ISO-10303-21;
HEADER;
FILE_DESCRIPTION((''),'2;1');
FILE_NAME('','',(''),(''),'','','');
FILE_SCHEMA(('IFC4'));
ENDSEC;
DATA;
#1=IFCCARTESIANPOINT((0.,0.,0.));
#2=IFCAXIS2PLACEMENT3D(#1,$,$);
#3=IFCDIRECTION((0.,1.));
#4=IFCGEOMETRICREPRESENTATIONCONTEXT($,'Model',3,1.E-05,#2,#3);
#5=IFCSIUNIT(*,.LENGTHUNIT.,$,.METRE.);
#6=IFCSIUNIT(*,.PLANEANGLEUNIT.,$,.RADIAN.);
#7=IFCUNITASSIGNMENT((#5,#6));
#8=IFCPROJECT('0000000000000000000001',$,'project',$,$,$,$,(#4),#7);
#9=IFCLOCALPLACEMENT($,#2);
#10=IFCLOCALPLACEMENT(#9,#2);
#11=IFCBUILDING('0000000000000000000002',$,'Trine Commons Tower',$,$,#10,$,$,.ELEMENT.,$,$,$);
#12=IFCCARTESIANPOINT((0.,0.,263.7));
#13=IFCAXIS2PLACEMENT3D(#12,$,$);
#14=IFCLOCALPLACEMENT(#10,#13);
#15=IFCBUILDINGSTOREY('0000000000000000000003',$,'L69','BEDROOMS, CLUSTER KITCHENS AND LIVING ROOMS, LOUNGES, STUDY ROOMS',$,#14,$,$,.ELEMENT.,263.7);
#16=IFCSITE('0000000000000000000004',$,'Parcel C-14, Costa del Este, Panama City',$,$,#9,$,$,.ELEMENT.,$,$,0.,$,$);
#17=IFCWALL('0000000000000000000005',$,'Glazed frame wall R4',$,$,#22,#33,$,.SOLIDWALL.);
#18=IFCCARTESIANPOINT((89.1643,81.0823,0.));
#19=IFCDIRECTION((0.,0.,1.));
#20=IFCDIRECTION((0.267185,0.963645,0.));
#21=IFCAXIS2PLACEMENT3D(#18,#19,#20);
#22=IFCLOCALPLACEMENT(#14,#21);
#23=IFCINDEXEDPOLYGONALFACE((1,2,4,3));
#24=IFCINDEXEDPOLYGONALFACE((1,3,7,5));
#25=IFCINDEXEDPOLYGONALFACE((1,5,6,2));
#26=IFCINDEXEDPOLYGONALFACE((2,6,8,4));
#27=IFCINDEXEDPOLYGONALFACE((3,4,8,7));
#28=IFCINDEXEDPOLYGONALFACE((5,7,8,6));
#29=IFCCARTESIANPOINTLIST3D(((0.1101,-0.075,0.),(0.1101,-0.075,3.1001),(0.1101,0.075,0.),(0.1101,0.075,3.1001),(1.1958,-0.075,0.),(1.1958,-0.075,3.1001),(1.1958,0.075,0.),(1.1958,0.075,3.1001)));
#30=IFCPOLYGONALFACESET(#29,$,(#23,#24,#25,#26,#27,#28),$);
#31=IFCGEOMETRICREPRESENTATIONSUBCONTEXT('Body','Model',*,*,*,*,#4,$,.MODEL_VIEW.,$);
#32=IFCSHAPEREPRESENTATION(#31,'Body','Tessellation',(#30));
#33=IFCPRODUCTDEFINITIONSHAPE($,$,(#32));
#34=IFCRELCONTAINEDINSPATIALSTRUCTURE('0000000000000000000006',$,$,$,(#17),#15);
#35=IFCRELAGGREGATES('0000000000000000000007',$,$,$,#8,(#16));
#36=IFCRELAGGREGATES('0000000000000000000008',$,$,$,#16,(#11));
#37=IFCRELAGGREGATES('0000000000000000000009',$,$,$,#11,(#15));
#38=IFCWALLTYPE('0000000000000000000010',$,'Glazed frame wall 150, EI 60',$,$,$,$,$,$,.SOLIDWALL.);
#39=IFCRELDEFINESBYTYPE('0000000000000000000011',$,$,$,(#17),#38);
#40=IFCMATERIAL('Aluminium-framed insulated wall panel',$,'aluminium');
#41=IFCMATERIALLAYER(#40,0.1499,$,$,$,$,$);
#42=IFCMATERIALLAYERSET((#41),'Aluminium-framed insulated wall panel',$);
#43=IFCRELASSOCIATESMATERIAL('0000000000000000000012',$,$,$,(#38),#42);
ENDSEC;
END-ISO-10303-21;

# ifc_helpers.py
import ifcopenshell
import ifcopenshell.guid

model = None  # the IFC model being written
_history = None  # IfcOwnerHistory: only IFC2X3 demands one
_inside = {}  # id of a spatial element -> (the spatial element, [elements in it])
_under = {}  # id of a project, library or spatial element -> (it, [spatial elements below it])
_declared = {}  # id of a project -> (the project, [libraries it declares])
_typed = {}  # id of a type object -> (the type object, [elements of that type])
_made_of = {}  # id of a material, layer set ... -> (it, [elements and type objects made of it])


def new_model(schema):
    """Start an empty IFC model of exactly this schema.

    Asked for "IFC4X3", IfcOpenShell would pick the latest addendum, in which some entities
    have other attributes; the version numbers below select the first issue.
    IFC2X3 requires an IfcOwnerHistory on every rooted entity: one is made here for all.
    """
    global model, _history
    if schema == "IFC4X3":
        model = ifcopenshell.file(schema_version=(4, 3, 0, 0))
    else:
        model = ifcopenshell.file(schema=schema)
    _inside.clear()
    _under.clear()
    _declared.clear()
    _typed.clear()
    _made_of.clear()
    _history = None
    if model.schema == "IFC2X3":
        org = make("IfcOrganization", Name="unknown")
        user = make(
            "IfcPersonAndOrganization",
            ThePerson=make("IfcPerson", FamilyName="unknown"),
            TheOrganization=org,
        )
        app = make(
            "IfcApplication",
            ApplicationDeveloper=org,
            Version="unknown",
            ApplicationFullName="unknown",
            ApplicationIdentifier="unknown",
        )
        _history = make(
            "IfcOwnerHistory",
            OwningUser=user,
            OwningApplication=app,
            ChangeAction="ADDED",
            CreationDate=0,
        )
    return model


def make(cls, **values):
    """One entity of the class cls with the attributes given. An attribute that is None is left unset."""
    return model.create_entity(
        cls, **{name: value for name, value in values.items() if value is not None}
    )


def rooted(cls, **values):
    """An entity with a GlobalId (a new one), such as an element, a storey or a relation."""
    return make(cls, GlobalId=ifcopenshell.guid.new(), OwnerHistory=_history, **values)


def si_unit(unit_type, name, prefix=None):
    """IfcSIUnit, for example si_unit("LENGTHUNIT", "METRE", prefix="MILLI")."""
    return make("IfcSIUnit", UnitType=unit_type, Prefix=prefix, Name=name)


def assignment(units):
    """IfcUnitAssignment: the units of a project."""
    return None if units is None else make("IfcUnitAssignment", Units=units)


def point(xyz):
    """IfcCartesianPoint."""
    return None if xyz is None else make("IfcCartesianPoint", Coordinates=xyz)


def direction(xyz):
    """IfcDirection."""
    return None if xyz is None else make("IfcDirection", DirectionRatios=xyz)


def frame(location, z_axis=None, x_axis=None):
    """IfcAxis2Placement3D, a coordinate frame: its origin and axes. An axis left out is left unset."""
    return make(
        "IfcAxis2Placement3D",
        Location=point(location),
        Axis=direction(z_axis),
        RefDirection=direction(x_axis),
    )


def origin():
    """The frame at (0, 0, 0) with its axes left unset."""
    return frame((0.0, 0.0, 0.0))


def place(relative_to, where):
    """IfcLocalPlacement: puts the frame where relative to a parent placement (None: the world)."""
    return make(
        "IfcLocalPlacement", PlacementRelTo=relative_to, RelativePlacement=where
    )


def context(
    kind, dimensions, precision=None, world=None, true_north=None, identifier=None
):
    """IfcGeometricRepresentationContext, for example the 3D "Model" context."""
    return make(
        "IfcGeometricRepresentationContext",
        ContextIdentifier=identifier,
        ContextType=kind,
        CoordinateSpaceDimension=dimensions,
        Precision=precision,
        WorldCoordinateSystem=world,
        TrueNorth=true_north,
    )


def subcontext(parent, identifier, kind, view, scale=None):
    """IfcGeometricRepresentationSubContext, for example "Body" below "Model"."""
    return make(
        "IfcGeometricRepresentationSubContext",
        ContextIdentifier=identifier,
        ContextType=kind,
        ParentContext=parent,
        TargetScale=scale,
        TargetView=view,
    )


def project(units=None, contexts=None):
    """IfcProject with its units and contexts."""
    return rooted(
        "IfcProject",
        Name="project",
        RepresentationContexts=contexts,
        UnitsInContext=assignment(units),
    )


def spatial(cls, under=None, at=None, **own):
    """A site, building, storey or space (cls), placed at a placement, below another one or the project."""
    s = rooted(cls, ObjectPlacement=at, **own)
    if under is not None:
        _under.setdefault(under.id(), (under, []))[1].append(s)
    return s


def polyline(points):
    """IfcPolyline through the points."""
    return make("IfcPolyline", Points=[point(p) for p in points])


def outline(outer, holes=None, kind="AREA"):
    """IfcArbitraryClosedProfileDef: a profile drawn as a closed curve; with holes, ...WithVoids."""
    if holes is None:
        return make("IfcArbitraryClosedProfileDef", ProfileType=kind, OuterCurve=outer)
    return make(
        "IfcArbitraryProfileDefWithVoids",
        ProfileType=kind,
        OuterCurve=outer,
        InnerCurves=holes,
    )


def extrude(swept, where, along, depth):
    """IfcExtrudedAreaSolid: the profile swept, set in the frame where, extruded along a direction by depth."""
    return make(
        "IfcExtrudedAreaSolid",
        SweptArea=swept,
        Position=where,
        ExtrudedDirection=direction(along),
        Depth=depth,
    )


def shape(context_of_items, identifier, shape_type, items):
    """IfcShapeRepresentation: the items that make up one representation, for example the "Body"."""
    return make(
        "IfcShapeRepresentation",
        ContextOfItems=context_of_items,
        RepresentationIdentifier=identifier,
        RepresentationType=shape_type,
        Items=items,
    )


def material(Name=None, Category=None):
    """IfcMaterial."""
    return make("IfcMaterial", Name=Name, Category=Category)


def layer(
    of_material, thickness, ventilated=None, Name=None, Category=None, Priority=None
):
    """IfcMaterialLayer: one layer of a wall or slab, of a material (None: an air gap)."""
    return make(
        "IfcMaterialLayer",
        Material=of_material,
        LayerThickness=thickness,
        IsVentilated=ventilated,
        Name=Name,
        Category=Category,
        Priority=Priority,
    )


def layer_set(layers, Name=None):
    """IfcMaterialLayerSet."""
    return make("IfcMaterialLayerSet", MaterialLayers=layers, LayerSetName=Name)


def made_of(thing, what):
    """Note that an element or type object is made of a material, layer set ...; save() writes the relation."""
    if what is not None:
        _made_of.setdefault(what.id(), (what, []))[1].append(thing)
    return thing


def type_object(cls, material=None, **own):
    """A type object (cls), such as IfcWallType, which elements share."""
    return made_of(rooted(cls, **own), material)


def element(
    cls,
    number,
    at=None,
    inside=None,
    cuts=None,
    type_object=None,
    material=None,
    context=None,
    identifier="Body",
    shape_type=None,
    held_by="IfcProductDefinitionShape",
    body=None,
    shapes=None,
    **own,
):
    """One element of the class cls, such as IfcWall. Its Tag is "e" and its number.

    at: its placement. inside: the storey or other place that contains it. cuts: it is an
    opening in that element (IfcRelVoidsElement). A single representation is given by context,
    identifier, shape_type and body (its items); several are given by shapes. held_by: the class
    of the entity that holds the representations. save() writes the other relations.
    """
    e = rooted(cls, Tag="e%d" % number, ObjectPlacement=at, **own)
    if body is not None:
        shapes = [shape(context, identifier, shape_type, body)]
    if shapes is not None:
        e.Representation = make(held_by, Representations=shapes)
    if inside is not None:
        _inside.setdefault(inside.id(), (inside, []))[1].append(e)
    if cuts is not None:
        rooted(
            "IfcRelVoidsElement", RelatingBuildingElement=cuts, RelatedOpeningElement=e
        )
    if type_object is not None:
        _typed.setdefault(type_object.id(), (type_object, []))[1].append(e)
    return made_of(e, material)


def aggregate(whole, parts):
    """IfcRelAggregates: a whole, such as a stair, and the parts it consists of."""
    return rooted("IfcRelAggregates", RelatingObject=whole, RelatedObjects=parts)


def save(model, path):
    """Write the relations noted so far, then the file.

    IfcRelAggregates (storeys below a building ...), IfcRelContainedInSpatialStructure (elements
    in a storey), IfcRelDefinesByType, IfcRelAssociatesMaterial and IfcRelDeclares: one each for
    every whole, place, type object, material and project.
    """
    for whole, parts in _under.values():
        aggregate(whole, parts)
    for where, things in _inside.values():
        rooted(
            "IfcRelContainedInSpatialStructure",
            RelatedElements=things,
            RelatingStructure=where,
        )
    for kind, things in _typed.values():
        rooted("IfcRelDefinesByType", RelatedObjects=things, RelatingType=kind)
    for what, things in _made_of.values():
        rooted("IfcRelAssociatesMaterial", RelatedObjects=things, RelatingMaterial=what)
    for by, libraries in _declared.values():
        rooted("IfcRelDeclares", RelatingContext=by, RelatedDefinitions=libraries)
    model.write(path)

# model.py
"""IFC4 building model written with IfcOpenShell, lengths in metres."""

from ifc_helpers import new_model, si_unit, direction, frame, origin, place, context, subcontext, project, spatial, polyline, outline, extrude, material, layer, layer_set, type_object, element, save


model = new_model("IFC4")

# Units and contexts
model_context = context("Model", 3, precision=1e-05, world=origin(), true_north=direction((0.0, 1.0)))
body_context = subcontext(model_context, "Body", "Model", "MODEL_VIEW")
ifc_project = project(units=[si_unit("LENGTHUNIT", "METRE"), si_unit("PLANEANGLEUNIT", "RADIAN")], contexts=[model_context])

# Site, building, storey
site_placement = place(None, origin())
site = spatial("IfcSite", under=ifc_project, at=site_placement, Name="Parcel C-14, Costa del Este, Panama City", CompositionType="ELEMENT", RefElevation=0.0)
building_placement = place(site_placement, origin())
building = spatial("IfcBuilding", under=site, at=building_placement, Name="Trine Commons Tower", CompositionType="ELEMENT")
storey_placement = place(building_placement, frame((0.0, 0.0, 263.7)))
storey = spatial("IfcBuildingStorey", under=building, at=storey_placement, Name="L69", Description="BEDROOMS, CLUSTER KITCHENS AND LIVING ROOMS, LOUNGES, STUDY ROOMS", CompositionType="ELEMENT", Elevation=263.7)

# Shared definitions
ifc_material_1 = material(Name="Aluminium-framed insulated wall panel", Category="aluminium")
ifc_layer_1 = layer(ifc_material_1, 0.1499)
ifc_layer_set_1 = layer_set([ifc_layer_1], Name="Aluminium-framed insulated wall panel")
wall_type_1 = type_object("IfcWallType", Name="Glazed frame wall 150, EI 60", PredefinedType="SOLIDWALL", material=ifc_layer_set_1)

# Wall
wall_1_placement = place(storey_placement, frame((89.1643, 81.0823, 0.0), z_axis=(0.0, 0.0, 1.0), x_axis=(0.267185, 0.963645, 0.0)))
element("IfcWall", 1, at=wall_1_placement, inside=storey, type_object=wall_type_1, Name="Glazed frame wall R4", PredefinedType="SOLIDWALL", context=body_context, shape_type="SweptSolid", body=[
    extrude(outline(polyline([(0.1101, 0.075), (0.1101, -0.075), (1.1958, -0.075), (1.1958, 0.075), (0.1101, 0.075)])), origin(), (0.0, 0.0, 1.0), 3.1001),
])

save(model, "model.ifc")
